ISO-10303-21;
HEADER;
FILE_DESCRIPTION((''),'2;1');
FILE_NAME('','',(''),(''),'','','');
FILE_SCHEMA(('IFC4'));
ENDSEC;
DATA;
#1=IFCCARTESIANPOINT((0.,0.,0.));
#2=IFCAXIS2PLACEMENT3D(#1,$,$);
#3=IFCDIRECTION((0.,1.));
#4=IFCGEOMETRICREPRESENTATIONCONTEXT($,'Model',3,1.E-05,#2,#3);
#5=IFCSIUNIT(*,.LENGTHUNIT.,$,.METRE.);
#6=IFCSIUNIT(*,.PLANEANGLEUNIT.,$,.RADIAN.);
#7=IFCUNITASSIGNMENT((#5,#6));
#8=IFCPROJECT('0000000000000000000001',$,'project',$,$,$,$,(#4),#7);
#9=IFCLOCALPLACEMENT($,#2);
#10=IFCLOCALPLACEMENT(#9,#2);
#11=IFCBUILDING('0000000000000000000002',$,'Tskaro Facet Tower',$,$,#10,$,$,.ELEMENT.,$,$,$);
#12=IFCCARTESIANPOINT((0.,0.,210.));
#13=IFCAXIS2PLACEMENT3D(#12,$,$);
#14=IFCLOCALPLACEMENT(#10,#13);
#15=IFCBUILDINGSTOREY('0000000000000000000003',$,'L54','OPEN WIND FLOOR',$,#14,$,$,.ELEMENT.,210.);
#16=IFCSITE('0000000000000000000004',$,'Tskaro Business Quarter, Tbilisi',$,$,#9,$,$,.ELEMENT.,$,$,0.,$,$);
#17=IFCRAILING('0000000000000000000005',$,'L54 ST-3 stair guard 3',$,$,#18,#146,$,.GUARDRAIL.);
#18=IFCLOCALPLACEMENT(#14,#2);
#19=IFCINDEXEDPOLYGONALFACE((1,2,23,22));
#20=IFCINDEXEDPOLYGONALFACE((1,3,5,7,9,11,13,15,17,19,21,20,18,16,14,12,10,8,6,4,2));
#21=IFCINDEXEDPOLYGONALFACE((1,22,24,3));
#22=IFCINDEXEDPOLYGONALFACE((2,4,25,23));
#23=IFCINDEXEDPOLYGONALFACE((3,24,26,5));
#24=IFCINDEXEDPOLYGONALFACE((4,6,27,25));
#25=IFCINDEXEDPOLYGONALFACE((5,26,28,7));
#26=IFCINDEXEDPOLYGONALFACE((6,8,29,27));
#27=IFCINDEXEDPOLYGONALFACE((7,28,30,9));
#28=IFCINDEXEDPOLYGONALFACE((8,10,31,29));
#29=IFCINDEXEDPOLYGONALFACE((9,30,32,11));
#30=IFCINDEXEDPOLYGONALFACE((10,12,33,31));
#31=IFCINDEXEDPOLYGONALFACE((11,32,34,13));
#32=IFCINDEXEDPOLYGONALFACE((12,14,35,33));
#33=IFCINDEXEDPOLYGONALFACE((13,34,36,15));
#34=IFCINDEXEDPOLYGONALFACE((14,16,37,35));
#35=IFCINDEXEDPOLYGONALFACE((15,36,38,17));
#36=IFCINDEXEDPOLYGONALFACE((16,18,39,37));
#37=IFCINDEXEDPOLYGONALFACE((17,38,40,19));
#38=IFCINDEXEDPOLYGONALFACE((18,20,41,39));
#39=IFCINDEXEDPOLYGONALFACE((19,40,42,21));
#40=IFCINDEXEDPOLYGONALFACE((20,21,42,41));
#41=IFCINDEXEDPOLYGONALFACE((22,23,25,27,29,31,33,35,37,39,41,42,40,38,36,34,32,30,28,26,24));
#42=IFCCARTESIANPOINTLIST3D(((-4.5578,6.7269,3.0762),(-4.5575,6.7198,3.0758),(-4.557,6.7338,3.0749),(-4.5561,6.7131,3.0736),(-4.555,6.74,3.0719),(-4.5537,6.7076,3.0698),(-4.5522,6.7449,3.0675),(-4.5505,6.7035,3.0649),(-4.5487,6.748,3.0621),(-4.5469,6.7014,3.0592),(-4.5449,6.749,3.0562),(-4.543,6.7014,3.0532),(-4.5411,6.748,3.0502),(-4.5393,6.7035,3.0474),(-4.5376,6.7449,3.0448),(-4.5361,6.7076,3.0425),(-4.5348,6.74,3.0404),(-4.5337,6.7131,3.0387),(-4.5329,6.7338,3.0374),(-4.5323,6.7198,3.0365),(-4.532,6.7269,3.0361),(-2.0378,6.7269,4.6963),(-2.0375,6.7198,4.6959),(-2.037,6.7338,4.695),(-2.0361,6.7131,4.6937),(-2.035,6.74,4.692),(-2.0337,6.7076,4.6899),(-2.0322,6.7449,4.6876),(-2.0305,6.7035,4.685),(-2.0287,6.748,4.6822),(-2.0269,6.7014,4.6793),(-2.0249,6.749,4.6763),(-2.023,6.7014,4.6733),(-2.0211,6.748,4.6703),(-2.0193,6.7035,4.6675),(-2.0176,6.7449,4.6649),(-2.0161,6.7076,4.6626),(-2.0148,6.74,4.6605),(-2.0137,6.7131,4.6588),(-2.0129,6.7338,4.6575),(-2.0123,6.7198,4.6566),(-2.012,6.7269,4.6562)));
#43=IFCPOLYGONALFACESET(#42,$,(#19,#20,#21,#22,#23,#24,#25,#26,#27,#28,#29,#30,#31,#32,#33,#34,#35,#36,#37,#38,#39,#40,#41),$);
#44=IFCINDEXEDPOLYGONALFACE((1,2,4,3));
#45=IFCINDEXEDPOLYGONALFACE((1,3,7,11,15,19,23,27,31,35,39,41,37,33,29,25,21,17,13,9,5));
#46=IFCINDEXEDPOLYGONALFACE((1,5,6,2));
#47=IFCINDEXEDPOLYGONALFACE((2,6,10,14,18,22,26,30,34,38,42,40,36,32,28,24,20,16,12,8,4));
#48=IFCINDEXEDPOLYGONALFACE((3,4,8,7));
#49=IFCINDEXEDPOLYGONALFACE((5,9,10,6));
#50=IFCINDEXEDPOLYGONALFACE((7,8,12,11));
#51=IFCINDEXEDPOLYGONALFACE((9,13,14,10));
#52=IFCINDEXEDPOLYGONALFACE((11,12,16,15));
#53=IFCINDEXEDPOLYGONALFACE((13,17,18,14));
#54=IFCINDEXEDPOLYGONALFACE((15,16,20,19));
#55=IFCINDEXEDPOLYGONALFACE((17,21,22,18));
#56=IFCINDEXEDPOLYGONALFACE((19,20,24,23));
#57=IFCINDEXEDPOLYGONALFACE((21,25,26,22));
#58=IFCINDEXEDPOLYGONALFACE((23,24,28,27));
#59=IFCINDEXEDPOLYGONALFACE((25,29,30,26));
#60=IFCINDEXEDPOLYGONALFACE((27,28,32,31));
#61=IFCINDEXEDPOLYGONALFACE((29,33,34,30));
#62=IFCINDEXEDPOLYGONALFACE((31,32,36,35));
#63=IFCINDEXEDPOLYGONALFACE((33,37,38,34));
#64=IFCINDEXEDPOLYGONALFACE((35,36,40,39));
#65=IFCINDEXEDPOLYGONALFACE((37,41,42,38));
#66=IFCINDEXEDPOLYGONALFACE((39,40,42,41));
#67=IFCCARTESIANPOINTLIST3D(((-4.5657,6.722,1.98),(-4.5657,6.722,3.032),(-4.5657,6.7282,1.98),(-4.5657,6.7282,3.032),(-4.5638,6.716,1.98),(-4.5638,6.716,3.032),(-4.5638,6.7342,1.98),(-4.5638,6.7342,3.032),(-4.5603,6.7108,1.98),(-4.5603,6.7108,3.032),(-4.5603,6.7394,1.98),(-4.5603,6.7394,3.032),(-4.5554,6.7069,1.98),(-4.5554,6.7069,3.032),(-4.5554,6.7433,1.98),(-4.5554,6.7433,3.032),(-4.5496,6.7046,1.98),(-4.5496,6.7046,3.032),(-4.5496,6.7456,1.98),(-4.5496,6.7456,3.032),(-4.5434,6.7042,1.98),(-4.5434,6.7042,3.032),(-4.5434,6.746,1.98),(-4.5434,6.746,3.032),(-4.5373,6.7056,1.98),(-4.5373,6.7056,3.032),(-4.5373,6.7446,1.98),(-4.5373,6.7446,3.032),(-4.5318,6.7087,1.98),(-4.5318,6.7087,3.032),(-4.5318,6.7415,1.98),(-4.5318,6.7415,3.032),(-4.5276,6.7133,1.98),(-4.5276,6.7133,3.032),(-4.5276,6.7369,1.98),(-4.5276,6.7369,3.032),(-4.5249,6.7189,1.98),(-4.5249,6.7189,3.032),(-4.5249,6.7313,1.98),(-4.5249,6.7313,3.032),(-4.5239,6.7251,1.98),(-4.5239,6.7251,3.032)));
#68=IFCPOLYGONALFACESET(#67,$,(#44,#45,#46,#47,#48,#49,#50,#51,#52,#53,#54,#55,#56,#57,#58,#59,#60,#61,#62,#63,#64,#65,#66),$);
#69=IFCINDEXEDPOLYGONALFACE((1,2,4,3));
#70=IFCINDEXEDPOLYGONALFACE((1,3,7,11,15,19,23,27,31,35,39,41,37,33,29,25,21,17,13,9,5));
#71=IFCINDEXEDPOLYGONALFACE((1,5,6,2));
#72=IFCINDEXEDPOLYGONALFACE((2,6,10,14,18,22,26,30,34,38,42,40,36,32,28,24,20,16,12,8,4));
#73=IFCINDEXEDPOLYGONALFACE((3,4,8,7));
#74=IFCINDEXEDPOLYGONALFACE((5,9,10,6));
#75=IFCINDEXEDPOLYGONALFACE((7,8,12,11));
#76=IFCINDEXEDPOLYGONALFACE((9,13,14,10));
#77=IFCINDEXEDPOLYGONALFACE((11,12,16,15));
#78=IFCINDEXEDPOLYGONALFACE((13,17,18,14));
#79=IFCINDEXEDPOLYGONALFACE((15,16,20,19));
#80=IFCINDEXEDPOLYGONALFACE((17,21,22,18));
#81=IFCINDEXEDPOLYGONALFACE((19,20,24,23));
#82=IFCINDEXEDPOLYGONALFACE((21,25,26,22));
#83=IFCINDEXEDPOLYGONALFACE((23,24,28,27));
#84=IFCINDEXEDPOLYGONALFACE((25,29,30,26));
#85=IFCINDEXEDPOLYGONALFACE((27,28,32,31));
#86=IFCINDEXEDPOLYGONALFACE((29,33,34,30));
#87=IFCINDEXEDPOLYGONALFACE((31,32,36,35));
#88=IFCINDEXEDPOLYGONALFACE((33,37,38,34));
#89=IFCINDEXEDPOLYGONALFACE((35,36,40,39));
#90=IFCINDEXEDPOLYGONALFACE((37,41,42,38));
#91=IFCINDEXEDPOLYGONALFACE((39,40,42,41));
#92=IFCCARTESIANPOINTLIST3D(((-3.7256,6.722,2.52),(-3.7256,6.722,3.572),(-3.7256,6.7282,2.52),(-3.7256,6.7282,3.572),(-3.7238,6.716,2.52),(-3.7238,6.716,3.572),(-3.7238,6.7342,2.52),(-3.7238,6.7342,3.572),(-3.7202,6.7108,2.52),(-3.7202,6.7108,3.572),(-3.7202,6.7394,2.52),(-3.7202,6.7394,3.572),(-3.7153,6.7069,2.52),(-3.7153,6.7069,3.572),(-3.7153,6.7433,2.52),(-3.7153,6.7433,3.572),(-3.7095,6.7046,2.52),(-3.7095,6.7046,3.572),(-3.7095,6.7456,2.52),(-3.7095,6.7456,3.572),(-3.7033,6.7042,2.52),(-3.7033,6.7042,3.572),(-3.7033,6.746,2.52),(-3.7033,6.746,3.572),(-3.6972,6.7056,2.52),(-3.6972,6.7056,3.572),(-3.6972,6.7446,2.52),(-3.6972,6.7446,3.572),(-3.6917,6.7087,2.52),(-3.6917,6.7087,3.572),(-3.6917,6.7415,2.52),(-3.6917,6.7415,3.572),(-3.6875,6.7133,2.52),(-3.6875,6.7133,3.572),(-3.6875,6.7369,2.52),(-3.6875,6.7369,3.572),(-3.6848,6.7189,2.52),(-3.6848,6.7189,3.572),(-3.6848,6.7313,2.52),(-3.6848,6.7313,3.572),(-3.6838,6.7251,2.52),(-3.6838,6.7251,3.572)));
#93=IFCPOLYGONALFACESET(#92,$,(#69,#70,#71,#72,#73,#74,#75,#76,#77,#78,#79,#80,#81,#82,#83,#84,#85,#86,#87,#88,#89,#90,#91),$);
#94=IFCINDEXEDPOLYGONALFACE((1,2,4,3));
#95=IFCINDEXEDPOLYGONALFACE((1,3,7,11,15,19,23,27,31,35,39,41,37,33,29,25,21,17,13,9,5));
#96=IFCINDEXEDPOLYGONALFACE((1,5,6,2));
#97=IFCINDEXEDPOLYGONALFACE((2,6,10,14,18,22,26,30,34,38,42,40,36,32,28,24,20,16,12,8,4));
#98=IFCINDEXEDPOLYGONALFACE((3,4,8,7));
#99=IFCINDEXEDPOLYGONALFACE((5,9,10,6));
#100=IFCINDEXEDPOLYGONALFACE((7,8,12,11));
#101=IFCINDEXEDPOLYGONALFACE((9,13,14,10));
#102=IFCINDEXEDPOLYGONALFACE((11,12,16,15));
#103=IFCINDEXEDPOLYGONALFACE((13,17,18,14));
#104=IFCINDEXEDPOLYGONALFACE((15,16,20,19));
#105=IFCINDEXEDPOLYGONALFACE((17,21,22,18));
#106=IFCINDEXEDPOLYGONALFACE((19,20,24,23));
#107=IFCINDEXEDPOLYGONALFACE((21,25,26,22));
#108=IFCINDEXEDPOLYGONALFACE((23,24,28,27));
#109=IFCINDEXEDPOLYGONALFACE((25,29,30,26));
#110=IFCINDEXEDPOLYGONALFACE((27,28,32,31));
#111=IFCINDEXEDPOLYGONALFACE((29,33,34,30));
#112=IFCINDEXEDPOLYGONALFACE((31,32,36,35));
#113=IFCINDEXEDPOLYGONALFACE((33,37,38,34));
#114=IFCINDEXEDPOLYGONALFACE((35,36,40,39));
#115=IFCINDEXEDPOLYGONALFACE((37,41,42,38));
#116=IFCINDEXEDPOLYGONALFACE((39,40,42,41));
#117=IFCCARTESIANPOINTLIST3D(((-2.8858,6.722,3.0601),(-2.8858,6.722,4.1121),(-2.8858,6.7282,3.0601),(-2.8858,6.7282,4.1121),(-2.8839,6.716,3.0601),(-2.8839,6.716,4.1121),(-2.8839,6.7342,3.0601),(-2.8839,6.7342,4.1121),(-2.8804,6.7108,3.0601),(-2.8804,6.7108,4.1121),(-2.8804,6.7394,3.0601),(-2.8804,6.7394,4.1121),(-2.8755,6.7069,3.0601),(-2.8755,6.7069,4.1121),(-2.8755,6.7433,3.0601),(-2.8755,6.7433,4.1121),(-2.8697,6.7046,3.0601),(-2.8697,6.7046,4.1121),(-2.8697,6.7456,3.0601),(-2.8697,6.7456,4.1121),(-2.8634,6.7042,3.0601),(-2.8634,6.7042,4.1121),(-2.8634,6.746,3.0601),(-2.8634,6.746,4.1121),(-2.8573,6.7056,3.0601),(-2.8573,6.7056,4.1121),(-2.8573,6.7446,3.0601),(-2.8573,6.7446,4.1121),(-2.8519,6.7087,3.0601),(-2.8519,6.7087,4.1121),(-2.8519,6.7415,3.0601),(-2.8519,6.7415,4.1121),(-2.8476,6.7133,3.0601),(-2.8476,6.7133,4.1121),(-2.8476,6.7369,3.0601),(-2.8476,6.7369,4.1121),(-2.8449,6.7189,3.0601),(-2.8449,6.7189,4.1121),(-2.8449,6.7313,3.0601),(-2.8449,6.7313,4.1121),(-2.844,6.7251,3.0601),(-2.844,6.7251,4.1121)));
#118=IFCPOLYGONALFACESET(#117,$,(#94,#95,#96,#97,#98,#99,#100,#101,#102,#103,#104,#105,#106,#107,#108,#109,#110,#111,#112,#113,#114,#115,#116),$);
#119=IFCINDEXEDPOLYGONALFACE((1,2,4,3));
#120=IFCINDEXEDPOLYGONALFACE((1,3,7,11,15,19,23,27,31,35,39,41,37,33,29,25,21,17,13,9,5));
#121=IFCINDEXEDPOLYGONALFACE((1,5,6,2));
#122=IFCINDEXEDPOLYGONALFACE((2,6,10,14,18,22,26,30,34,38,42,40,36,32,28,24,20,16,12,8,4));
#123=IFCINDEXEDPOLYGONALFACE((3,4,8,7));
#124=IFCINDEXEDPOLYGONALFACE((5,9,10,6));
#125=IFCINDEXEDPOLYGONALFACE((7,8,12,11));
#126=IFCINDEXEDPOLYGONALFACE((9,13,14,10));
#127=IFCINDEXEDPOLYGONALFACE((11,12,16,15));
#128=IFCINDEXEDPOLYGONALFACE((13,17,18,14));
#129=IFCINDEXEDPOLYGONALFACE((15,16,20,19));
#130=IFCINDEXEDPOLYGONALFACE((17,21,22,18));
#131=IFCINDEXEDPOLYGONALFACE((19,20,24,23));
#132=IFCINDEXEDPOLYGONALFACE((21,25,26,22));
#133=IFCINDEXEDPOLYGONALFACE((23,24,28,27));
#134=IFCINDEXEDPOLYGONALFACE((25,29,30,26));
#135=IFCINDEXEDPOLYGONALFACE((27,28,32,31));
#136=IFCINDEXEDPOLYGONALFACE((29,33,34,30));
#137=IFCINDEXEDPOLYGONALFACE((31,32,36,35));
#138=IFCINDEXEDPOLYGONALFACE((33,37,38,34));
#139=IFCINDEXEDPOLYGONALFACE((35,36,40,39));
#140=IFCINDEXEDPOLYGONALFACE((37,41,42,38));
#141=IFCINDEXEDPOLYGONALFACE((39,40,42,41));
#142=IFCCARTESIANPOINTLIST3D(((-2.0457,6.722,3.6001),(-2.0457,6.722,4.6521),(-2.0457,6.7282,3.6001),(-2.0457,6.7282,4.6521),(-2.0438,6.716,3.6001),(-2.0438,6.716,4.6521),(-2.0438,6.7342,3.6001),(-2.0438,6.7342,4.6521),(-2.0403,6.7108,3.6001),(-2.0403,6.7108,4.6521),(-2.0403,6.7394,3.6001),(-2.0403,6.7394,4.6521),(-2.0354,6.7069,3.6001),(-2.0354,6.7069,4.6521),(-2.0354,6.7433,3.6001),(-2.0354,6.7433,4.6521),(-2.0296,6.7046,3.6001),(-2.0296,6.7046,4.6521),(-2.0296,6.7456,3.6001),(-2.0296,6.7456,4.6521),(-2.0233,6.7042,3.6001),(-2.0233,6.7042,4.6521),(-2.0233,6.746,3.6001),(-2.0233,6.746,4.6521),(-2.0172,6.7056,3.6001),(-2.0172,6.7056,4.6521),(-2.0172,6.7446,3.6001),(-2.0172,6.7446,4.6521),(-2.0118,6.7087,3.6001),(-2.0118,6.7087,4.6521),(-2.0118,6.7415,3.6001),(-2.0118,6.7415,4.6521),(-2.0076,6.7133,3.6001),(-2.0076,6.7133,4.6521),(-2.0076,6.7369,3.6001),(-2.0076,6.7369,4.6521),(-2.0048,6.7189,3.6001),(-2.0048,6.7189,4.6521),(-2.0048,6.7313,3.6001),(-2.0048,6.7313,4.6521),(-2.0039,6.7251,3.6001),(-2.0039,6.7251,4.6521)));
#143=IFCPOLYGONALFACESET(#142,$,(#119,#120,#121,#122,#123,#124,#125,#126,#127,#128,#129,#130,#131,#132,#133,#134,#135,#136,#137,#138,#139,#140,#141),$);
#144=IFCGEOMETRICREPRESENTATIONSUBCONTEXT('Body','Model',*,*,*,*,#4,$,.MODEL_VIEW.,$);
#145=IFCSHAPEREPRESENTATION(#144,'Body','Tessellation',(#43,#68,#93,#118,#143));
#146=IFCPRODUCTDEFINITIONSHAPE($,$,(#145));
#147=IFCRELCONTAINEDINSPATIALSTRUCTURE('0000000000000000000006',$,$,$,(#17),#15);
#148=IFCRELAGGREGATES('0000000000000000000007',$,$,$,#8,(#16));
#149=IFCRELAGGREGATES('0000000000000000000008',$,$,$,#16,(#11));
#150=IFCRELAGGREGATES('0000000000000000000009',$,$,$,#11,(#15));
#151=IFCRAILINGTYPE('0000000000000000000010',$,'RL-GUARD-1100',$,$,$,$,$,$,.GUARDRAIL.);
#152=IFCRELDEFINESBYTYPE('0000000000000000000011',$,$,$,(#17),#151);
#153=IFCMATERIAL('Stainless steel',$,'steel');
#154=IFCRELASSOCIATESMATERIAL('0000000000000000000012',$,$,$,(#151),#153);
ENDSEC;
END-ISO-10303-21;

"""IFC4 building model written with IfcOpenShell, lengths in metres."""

from ifc_helpers import new_model, si_unit, direction, frame, origin, origin_2d, place, context, subcontext, project, spatial, circle, extrude, material, type_object, element, save


model = new_model("IFC4")

# Units and contexts
model_context = context("Model", 3, precision=1e-05, world=origin(), true_north=direction((0.0, 1.0)))
body_context = subcontext(model_context, "Body", "Model", "MODEL_VIEW")
ifc_project = project(units=[si_unit("LENGTHUNIT", "METRE"), si_unit("PLANEANGLEUNIT", "RADIAN")], contexts=[model_context])

# Site, building, storey
site_placement = place(None, origin())
site = spatial("IfcSite", under=ifc_project, at=site_placement, Name="Tskaro Business Quarter, Tbilisi", CompositionType="ELEMENT", RefElevation=0.0)
building_placement = place(site_placement, origin())
building = spatial("IfcBuilding", under=site, at=building_placement, Name="Tskaro Facet Tower", CompositionType="ELEMENT")
storey_placement = place(building_placement, frame((0.0, 0.0, 210.0)))
storey = spatial("IfcBuildingStorey", under=building, at=storey_placement, Name="L54", Description="OPEN WIND FLOOR", CompositionType="ELEMENT", Elevation=210.0)

# Railing
ifc_material_1 = material(Name="Stainless steel", Category="steel")
railing_type_1 = type_object("IfcRailingType", Name="RL-GUARD-1100", PredefinedType="GUARDRAIL", material=ifc_material_1)
railing_1_placement = place(storey_placement, frame((-4.5449, 6.7251, 1.98)))
element("IfcRailing", 1, at=railing_1_placement, inside=storey, type_object=railing_type_1, Name="L54 ST-3 stair guard 3", PredefinedType="GUARDRAIL", context=body_context, shape_type="SweptSolid", body=[
    extrude(circle(Radius=0.0239, at=origin_2d()), frame((0.0, 0.0, 1.0762), z_axis=(0.841163, 0.0, 0.540782), x_axis=(0.0, 1.0, 0.0)), (0.0, 0.0, 1.0), 2.9958),
    extrude(circle(Radius=0.021, at=origin_2d()), origin(), (0.0, 0.0, 1.0), 1.052),
    extrude(circle(Radius=0.021, at=origin_2d()), frame((0.8401, 0.0, 0.54)), (0.0, 0.0, 1.0), 1.052),
    extrude(circle(Radius=0.021, at=origin_2d()), frame((1.6799, 0.0, 1.0801)), (0.0, 0.0, 1.0), 1.052),
    extrude(circle(Radius=0.021, at=origin_2d()), frame((2.52, 0.0, 1.6201)), (0.0, 0.0, 1.0), 1.052),
])

save(model, "model.ifc")
